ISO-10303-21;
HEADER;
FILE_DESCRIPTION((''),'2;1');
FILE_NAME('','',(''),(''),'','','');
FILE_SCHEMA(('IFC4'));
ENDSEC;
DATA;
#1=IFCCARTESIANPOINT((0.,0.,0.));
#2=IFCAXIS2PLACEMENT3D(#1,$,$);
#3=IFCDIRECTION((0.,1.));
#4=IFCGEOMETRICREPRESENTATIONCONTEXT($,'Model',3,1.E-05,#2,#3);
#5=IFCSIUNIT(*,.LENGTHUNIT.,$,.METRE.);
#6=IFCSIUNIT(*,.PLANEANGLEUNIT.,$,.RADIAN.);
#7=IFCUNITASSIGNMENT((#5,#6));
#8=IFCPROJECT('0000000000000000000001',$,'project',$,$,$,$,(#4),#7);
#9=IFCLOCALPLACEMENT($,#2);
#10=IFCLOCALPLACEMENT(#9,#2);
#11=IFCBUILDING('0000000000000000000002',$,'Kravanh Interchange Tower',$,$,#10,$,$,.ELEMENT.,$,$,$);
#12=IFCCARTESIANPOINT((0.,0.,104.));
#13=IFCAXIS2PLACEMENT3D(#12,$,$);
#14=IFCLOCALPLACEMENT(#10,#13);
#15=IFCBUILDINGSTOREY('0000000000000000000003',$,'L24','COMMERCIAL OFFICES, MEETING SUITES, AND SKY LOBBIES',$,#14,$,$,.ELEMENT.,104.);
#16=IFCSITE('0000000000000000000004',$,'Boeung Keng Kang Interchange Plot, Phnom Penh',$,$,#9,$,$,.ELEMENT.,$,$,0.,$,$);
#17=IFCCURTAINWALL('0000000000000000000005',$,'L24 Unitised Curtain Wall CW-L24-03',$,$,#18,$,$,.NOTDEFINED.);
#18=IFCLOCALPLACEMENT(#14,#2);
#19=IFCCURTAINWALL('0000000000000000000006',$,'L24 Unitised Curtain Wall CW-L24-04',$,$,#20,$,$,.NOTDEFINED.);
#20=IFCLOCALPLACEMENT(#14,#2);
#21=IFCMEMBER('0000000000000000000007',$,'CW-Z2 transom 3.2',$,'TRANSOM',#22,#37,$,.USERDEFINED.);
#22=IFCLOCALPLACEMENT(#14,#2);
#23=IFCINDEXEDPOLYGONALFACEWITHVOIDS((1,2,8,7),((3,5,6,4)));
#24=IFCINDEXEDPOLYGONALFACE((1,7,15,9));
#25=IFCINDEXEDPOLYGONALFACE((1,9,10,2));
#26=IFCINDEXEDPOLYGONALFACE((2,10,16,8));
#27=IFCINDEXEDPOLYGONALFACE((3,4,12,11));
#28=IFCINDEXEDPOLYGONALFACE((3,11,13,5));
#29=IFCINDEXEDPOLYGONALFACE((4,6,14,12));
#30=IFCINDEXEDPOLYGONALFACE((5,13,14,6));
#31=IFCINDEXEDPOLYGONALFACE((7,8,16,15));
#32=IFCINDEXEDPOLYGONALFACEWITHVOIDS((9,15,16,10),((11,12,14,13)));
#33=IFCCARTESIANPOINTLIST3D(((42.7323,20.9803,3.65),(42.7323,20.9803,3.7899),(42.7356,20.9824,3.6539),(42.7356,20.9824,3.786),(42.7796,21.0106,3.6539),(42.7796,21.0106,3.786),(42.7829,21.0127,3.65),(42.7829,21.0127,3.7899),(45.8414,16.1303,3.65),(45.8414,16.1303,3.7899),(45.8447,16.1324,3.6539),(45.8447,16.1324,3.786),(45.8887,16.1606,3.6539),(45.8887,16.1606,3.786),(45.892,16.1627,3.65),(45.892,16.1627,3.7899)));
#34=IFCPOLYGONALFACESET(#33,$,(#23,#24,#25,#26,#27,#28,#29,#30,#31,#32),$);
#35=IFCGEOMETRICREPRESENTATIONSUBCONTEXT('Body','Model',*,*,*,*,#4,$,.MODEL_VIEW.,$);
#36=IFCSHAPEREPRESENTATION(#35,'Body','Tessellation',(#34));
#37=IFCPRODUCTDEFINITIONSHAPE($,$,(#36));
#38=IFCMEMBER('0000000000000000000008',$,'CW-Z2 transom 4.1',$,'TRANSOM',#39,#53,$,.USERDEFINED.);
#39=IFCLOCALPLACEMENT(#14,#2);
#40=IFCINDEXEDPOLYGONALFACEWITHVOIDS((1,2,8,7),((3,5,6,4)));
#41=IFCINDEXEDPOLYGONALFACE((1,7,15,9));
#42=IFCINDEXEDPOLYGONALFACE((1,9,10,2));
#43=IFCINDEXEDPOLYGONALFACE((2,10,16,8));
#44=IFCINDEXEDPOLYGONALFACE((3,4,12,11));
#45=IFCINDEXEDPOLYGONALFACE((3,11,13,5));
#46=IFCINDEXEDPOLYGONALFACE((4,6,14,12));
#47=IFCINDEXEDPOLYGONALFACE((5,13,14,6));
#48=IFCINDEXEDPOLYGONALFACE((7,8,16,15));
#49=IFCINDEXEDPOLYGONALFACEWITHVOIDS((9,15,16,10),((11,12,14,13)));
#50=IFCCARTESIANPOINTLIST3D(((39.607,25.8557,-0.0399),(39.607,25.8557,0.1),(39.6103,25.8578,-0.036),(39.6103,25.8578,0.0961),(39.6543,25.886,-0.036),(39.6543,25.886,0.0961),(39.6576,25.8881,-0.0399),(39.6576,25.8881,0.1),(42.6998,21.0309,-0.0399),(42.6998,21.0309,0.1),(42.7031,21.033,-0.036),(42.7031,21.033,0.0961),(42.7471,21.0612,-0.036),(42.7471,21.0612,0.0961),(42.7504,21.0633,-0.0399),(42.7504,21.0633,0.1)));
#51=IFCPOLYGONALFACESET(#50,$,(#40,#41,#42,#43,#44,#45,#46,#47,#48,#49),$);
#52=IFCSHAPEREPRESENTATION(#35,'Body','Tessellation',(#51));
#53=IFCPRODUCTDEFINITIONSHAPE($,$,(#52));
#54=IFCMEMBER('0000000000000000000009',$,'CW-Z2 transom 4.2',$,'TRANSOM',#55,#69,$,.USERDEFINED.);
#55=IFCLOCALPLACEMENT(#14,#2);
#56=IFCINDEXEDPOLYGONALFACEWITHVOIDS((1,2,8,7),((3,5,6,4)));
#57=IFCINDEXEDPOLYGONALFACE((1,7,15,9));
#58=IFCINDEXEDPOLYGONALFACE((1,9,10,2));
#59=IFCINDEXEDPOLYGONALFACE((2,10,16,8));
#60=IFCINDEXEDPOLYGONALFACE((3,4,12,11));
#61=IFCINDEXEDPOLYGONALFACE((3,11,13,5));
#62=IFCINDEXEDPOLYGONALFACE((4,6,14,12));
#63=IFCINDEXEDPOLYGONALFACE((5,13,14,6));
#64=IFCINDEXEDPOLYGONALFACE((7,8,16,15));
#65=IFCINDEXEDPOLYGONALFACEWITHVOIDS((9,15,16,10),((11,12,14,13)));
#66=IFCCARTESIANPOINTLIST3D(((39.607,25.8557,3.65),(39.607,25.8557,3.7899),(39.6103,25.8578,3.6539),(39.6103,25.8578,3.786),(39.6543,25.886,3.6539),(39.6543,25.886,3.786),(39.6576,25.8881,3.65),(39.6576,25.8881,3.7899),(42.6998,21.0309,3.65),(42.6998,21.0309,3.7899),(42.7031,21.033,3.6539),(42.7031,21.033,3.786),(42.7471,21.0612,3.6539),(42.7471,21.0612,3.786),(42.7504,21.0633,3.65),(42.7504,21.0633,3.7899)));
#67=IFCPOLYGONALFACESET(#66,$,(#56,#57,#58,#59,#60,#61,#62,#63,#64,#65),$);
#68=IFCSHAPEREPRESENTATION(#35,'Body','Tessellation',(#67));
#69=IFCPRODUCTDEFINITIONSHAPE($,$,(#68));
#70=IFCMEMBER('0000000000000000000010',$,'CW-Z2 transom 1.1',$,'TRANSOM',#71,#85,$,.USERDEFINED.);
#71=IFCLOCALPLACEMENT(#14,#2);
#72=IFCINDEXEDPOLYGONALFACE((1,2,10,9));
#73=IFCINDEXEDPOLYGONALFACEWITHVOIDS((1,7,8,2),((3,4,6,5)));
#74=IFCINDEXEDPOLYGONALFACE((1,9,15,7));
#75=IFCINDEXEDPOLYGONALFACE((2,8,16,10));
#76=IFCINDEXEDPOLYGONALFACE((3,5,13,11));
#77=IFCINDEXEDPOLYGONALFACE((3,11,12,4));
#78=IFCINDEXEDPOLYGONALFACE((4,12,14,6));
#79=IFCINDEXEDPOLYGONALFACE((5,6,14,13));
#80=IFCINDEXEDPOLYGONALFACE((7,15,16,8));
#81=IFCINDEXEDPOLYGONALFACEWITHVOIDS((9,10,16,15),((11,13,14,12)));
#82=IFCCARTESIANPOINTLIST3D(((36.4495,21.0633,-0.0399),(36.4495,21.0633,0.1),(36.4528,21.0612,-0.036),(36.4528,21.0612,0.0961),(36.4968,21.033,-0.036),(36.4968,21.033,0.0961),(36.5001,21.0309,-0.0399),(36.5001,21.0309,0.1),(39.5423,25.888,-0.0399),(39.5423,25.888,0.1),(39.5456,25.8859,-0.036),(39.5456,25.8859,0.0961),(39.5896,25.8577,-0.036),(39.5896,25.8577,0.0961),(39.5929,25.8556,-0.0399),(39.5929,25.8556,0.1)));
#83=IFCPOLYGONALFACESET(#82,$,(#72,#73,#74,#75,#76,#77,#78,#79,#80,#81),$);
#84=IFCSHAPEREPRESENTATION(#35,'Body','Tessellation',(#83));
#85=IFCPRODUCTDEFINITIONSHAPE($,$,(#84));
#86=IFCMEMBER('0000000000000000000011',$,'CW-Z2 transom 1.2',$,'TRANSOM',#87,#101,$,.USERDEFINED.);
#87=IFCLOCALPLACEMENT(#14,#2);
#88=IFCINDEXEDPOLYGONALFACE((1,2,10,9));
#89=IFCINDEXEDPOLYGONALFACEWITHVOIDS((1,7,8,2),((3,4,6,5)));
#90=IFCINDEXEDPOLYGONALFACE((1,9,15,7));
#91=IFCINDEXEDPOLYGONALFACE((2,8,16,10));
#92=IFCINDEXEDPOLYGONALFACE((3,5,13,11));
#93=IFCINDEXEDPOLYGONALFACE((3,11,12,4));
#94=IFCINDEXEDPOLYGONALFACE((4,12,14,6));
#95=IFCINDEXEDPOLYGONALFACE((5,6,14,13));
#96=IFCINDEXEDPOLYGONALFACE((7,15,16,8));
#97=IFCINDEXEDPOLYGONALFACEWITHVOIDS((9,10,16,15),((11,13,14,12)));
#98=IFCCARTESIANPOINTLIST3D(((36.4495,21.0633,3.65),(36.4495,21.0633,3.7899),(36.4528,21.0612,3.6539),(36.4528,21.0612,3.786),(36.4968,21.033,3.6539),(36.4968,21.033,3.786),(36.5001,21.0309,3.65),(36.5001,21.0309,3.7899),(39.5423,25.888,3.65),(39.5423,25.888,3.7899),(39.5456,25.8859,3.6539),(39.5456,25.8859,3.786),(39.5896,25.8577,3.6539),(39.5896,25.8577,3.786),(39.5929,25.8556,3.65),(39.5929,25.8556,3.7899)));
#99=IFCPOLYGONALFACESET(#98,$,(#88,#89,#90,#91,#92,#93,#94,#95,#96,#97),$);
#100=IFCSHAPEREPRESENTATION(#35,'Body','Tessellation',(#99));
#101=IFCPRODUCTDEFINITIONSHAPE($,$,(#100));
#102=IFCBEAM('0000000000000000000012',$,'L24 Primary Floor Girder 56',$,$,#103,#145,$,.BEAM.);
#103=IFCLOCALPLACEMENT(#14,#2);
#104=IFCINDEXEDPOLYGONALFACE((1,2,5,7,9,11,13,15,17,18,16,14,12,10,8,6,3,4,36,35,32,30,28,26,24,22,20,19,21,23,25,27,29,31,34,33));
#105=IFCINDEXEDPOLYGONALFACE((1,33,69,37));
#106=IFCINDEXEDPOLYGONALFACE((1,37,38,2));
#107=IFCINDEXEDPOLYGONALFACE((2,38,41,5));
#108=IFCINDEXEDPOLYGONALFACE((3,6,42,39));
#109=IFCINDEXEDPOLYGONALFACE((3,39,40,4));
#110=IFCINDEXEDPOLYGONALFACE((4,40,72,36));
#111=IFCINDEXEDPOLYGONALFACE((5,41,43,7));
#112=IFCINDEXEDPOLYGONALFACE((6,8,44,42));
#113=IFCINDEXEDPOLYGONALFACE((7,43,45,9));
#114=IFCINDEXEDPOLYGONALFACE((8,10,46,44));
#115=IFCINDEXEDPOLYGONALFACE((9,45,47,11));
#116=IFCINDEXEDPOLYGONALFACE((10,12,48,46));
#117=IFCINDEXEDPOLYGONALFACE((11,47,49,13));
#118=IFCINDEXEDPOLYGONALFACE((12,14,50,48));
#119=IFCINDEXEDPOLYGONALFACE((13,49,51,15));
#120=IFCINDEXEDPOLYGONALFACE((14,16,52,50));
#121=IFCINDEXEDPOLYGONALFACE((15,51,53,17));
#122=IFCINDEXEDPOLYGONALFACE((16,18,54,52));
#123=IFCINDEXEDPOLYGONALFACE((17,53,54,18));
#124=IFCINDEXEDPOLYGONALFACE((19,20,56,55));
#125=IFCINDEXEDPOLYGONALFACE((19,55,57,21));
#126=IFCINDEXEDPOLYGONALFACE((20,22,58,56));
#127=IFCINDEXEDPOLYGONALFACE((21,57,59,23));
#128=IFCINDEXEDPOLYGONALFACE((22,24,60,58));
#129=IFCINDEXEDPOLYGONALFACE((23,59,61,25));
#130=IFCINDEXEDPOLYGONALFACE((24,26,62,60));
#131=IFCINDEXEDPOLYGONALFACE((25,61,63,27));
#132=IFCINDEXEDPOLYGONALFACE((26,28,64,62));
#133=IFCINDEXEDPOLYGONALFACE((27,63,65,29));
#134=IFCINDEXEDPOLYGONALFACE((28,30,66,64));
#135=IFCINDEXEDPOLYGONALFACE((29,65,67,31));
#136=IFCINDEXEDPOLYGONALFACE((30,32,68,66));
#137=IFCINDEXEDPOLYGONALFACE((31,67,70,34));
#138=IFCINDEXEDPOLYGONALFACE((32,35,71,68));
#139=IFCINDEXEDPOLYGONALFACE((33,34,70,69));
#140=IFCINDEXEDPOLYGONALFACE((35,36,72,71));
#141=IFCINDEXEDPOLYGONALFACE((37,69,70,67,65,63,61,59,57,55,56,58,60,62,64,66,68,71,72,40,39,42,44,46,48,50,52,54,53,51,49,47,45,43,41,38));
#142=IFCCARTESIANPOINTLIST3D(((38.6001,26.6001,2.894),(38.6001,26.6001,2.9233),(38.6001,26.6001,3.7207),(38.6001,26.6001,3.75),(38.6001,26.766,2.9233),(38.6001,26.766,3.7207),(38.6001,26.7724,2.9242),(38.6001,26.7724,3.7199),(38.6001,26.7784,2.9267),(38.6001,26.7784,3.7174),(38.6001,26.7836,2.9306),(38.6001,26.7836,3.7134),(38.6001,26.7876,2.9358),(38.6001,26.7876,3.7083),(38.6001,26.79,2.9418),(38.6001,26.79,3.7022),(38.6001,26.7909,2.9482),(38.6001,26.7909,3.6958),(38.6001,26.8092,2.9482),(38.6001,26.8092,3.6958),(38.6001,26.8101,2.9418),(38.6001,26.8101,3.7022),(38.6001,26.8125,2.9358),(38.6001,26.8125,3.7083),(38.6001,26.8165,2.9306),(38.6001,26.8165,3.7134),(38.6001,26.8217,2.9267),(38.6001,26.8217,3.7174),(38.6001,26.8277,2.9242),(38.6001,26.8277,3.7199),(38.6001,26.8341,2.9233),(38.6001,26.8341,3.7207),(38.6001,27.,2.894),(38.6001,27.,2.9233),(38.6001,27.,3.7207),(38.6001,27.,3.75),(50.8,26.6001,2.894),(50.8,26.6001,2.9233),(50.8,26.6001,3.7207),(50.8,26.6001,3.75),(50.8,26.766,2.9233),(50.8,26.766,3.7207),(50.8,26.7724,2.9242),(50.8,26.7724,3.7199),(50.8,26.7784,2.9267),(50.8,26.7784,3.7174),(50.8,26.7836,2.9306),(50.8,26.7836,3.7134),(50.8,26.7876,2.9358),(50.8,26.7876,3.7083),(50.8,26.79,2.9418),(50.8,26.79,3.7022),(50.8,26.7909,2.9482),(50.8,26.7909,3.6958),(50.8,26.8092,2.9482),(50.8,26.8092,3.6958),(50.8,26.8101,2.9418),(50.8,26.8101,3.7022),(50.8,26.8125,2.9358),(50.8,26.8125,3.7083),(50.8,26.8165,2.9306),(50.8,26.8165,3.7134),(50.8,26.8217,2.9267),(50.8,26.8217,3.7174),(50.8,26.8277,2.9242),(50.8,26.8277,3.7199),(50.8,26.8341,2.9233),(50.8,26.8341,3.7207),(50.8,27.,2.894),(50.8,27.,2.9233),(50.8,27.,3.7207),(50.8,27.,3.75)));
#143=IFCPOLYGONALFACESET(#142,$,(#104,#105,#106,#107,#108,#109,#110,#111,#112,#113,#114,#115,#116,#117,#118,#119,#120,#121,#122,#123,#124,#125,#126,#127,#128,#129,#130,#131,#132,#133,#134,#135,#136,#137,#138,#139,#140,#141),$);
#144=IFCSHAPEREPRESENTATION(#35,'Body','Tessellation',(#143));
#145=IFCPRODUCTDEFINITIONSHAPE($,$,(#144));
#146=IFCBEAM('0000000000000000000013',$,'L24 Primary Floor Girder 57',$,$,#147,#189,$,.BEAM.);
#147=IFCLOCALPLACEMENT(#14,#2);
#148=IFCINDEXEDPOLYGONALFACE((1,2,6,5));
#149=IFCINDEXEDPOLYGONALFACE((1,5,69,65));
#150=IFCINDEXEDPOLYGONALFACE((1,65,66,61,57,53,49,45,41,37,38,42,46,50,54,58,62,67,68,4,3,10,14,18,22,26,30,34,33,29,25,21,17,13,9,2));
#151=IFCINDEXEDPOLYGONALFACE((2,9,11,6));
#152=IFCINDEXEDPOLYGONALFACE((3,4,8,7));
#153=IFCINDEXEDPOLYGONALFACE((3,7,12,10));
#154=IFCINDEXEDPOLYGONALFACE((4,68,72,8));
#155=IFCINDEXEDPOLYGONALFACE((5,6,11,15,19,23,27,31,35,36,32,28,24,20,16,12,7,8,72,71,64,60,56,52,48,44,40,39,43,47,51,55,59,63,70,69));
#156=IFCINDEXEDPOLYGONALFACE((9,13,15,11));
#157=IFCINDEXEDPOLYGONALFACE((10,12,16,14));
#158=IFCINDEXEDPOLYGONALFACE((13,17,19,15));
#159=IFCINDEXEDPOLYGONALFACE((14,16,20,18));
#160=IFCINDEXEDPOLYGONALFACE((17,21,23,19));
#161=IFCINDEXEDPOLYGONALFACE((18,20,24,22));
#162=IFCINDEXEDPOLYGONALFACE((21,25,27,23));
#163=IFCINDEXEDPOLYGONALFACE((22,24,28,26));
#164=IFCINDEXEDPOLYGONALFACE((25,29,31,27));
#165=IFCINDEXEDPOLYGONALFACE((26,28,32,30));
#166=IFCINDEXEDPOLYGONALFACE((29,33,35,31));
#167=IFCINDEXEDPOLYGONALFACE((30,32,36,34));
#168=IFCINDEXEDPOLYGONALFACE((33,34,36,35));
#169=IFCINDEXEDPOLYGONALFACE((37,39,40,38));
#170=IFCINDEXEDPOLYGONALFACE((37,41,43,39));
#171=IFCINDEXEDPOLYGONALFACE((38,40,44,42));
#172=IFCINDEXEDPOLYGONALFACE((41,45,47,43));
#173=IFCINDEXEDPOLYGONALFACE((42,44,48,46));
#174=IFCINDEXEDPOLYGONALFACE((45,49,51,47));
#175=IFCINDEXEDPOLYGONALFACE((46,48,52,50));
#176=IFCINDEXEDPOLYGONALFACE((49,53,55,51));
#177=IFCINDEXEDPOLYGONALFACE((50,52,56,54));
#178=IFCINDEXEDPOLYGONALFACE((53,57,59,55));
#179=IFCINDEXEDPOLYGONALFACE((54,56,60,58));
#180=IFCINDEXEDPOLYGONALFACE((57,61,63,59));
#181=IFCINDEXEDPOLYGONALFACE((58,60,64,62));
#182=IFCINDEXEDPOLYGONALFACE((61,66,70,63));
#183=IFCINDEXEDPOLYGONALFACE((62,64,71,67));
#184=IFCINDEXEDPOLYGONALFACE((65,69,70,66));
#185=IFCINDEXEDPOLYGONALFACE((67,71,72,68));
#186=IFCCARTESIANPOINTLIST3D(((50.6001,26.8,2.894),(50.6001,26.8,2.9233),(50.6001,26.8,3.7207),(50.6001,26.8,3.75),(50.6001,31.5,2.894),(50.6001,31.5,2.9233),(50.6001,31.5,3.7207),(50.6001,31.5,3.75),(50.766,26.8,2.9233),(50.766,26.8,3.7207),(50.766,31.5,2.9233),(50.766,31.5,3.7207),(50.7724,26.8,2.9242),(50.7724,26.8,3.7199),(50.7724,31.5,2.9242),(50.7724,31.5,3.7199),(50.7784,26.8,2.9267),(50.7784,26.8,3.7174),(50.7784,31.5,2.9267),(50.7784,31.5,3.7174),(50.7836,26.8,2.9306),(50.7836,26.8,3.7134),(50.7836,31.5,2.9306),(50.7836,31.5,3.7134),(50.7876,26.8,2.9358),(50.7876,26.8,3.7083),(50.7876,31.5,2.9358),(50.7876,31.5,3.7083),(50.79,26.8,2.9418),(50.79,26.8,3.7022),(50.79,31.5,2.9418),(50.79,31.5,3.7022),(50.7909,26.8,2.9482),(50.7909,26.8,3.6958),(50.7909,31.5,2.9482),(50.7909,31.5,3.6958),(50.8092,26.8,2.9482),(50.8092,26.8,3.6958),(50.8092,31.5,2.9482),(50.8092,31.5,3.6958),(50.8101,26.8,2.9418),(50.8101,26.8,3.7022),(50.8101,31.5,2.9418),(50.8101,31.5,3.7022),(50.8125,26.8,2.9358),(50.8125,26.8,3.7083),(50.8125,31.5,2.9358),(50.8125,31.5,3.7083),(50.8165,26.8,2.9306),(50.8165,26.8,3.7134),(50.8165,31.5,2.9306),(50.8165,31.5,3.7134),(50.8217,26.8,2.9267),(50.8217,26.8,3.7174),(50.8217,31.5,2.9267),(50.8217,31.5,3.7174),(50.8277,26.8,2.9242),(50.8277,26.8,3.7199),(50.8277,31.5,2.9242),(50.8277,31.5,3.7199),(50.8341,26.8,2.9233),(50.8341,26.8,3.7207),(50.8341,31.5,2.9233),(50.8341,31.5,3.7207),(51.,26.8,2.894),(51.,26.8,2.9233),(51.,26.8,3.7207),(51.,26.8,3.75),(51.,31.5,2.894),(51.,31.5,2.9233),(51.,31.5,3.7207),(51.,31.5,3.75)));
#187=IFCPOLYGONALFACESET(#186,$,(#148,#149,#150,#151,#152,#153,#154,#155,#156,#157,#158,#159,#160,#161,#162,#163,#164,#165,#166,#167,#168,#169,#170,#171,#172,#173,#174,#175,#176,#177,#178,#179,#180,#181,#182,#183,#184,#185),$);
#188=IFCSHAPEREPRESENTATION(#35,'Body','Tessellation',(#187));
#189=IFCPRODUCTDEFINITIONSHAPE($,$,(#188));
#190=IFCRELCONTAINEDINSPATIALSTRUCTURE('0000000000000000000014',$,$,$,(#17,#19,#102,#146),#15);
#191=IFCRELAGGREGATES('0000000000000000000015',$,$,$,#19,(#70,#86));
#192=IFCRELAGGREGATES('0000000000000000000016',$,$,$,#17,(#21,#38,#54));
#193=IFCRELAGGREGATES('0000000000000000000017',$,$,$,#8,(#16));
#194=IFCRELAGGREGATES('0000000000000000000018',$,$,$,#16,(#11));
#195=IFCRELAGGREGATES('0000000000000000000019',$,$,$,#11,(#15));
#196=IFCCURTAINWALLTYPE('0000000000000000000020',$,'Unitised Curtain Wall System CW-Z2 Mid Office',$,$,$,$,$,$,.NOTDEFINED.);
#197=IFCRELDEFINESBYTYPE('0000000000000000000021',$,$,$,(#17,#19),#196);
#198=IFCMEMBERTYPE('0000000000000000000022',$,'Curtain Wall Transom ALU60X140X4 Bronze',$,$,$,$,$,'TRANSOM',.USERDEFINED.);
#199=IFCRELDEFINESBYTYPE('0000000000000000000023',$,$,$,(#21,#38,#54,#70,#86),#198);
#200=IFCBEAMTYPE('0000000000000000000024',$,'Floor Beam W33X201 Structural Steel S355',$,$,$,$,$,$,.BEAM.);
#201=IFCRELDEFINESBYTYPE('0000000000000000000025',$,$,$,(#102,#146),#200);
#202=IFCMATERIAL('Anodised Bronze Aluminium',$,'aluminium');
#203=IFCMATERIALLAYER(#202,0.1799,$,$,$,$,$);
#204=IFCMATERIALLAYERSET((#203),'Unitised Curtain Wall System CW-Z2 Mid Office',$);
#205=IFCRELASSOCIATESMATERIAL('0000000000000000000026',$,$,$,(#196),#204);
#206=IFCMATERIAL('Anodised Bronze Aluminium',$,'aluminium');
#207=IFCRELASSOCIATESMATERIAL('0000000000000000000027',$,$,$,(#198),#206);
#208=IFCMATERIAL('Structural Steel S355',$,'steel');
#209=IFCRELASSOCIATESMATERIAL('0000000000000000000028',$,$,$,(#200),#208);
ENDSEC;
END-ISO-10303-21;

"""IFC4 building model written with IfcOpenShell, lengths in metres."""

from ifc_helpers import new_model, si_unit, direction, frame, origin, origin_2d, place, context, subcontext, project, spatial, hollow_rectangle, i_section, extrude, material, layer, layer_set, material_profile, profile_set, type_object, element, aggregate, save


model = new_model("IFC4")

# Units and contexts
model_context = context("Model", 3, precision=1e-05, world=origin(), true_north=direction((0.0, 1.0)))
body_context = subcontext(model_context, "Body", "Model", "MODEL_VIEW")
ifc_project = project(units=[si_unit("LENGTHUNIT", "METRE"), si_unit("PLANEANGLEUNIT", "RADIAN")], contexts=[model_context])

# Site, building, storey
site_placement = place(None, origin())
site = spatial("IfcSite", under=ifc_project, at=site_placement, Name="Boeung Keng Kang Interchange Plot, Phnom Penh", CompositionType="ELEMENT", RefElevation=0.0)
building_placement = place(site_placement, origin())
building = spatial("IfcBuilding", under=site, at=building_placement, Name="Kravanh Interchange Tower", CompositionType="ELEMENT")
storey_placement = place(building_placement, frame((0.0, 0.0, 104.0)))
storey = spatial("IfcBuildingStorey", under=building, at=storey_placement, Name="L24", Description="COMMERCIAL OFFICES, MEETING SUITES, AND SKY LOBBIES", CompositionType="ELEMENT", Elevation=104.0)

# Shared definitions
ifc_material_1 = material(Name="Anodised Bronze Aluminium", Category="aluminium")
ifc_layer_1 = layer(ifc_material_1, 0.1799)
ifc_layer_set_1 = layer_set([ifc_layer_1], Name="Unitised Curtain Wall System CW-Z2 Mid Office")
curtain_wall_type = type_object("IfcCurtainWallType", Name="Unitised Curtain Wall System CW-Z2 Mid Office", PredefinedType="NOTDEFINED", material=ifc_layer_set_1)

# Curtain wall
curtain_wall_1_placement = place(storey_placement, origin())
curtain_wall_1 = element("IfcCurtainWall", 1, at=curtain_wall_1_placement, inside=storey, type_object=curtain_wall_type, Name="L24 Unitised Curtain Wall CW-L24-03", PredefinedType="NOTDEFINED")

# Curtain wall
curtain_wall_2_placement = place(storey_placement, origin())
curtain_wall_2 = element("IfcCurtainWall", 2, at=curtain_wall_2_placement, inside=storey, type_object=curtain_wall_type, Name="L24 Unitised Curtain Wall CW-L24-04", PredefinedType="NOTDEFINED")

# Members
ifc_material_2 = material(Name="Anodised Bronze Aluminium", Category="aluminium")
ifc_material_profile_1 = material_profile(ifc_material_2, hollow_rectangle(XDim=0.0601, YDim=0.1399, WallThickness=0.0039, at=origin_2d()), Name="ALU60X140X4")
ifc_profile_set_1 = profile_set([ifc_material_profile_1], Name="Anodised Bronze Aluminium")
member_type_1 = type_object("IfcMemberType", Name="Curtain Wall Transom ALU60X140X4 Bronze", ElementType="TRANSOM", PredefinedType="USERDEFINED", material=ifc_profile_set_1)
member_1_placement = place(storey_placement, frame((45.8667, 16.1465, 3.72), z_axis=(-0.539678, 0.841872, 0.0), x_axis=(-0.841872, -0.539678, 0.0)))
member_1 = element("IfcMember", 3, at=member_1_placement, type_object=member_type_1, Name="CW-Z2 transom 3.2", ObjectType="TRANSOM", PredefinedType="USERDEFINED", context=body_context, shape_type="SweptSolid", body=[
    extrude(hollow_rectangle(XDim=0.0601, YDim=0.1399, WallThickness=0.0039, at=origin_2d()), origin(), (0.0, 0.0, 1.0), 5.761),
])
member_2_placement = place(storey_placement, frame((42.7251, 21.0471, 0.03), z_axis=(-0.539668, 0.841878, 0.0), x_axis=(-0.841878, -0.539668, 0.0)))
member_2 = element("IfcMember", 4, at=member_2_placement, type_object=member_type_1, Name="CW-Z2 transom 4.1", ObjectType="TRANSOM", PredefinedType="USERDEFINED", context=body_context, shape_type="SweptSolid", body=[
    extrude(hollow_rectangle(XDim=0.0601, YDim=0.1399, WallThickness=0.0039, at=origin_2d()), origin(), (0.0, 0.0, 1.0), 5.731),
])
member_3_placement = place(storey_placement, frame((42.7251, 21.0471, 3.72), z_axis=(-0.539668, 0.841878, 0.0), x_axis=(-0.841878, -0.539668, 0.0)))
member_3 = element("IfcMember", 5, at=member_3_placement, type_object=member_type_1, Name="CW-Z2 transom 4.2", ObjectType="TRANSOM", PredefinedType="USERDEFINED", context=body_context, shape_type="SweptSolid", body=[
    extrude(hollow_rectangle(XDim=0.0601, YDim=0.1399, WallThickness=0.0039, at=origin_2d()), origin(), (0.0, 0.0, 1.0), 5.731),
])
member_4_placement = place(storey_placement, frame((39.5676, 25.8718, 0.03), z_axis=(-0.539668, -0.841878, 0.0), x_axis=(0.841878, -0.539668, 0.0)))
member_4 = element("IfcMember", 6, at=member_4_placement, type_object=member_type_1, Name="CW-Z2 transom 1.1", ObjectType="TRANSOM", PredefinedType="USERDEFINED", context=body_context, shape_type="SweptSolid", body=[
    extrude(hollow_rectangle(XDim=0.0601, YDim=0.1399, WallThickness=0.0039, at=origin_2d()), origin(), (0.0, 0.0, 1.0), 5.731),
])
member_5_placement = place(storey_placement, frame((39.5676, 25.8718, 3.72), z_axis=(-0.539668, -0.841878, 0.0), x_axis=(0.841878, -0.539668, 0.0)))
member_5 = element("IfcMember", 7, at=member_5_placement, type_object=member_type_1, Name="CW-Z2 transom 1.2", ObjectType="TRANSOM", PredefinedType="USERDEFINED", context=body_context, shape_type="SweptSolid", body=[
    extrude(hollow_rectangle(XDim=0.0601, YDim=0.1399, WallThickness=0.0039, at=origin_2d()), origin(), (0.0, 0.0, 1.0), 5.731),
])
aggregate(curtain_wall_2, [member_4, member_5])

# Beams
ifc_material_3 = material(Name="Structural Steel S355", Category="steel")
ifc_material_profile_2 = material_profile(ifc_material_3, i_section(OverallWidth=0.3999, OverallDepth=0.856, WebThickness=0.0183, FlangeThickness=0.0293, FilletRadius=0.0249, at=origin_2d()), Name="W33X201")
ifc_profile_set_2 = profile_set([ifc_material_profile_2], Name="Structural Steel S355")
beam_type_1 = type_object("IfcBeamType", Name="Floor Beam W33X201 Structural Steel S355", PredefinedType="BEAM", material=ifc_profile_set_2)
beam_1_placement = place(storey_placement, frame((38.6001, 26.8, 3.322), z_axis=(1.0, 0.0, 0.0), x_axis=(0.0, 1.0, 0.0)))
element("IfcBeam", 8, at=beam_1_placement, inside=storey, type_object=beam_type_1, Name="L24 Primary Floor Girder 56", PredefinedType="BEAM", context=body_context, shape_type="SweptSolid", body=[
    extrude(i_section(OverallWidth=0.3999, OverallDepth=0.856, WebThickness=0.0183, FlangeThickness=0.0293, FilletRadius=0.0249, at=origin_2d()), origin(), (0.0, 0.0, 1.0), 12.2),
])
beam_2_placement = place(storey_placement, frame((50.8, 26.8, 3.322), z_axis=(0.0, 1.0, 0.0), x_axis=(-1.0, 0.0, 0.0)))
element("IfcBeam", 9, at=beam_2_placement, inside=storey, type_object=beam_type_1, Name="L24 Primary Floor Girder 57", PredefinedType="BEAM", context=body_context, shape_type="SweptSolid", body=[
    extrude(i_section(OverallWidth=0.3999, OverallDepth=0.856, WebThickness=0.0183, FlangeThickness=0.0293, FilletRadius=0.0249, at=origin_2d()), origin(), (0.0, 0.0, 1.0), 4.7),
])

aggregate(curtain_wall_1, [member_1, member_2, member_3])

save(model, "model.ifc")
